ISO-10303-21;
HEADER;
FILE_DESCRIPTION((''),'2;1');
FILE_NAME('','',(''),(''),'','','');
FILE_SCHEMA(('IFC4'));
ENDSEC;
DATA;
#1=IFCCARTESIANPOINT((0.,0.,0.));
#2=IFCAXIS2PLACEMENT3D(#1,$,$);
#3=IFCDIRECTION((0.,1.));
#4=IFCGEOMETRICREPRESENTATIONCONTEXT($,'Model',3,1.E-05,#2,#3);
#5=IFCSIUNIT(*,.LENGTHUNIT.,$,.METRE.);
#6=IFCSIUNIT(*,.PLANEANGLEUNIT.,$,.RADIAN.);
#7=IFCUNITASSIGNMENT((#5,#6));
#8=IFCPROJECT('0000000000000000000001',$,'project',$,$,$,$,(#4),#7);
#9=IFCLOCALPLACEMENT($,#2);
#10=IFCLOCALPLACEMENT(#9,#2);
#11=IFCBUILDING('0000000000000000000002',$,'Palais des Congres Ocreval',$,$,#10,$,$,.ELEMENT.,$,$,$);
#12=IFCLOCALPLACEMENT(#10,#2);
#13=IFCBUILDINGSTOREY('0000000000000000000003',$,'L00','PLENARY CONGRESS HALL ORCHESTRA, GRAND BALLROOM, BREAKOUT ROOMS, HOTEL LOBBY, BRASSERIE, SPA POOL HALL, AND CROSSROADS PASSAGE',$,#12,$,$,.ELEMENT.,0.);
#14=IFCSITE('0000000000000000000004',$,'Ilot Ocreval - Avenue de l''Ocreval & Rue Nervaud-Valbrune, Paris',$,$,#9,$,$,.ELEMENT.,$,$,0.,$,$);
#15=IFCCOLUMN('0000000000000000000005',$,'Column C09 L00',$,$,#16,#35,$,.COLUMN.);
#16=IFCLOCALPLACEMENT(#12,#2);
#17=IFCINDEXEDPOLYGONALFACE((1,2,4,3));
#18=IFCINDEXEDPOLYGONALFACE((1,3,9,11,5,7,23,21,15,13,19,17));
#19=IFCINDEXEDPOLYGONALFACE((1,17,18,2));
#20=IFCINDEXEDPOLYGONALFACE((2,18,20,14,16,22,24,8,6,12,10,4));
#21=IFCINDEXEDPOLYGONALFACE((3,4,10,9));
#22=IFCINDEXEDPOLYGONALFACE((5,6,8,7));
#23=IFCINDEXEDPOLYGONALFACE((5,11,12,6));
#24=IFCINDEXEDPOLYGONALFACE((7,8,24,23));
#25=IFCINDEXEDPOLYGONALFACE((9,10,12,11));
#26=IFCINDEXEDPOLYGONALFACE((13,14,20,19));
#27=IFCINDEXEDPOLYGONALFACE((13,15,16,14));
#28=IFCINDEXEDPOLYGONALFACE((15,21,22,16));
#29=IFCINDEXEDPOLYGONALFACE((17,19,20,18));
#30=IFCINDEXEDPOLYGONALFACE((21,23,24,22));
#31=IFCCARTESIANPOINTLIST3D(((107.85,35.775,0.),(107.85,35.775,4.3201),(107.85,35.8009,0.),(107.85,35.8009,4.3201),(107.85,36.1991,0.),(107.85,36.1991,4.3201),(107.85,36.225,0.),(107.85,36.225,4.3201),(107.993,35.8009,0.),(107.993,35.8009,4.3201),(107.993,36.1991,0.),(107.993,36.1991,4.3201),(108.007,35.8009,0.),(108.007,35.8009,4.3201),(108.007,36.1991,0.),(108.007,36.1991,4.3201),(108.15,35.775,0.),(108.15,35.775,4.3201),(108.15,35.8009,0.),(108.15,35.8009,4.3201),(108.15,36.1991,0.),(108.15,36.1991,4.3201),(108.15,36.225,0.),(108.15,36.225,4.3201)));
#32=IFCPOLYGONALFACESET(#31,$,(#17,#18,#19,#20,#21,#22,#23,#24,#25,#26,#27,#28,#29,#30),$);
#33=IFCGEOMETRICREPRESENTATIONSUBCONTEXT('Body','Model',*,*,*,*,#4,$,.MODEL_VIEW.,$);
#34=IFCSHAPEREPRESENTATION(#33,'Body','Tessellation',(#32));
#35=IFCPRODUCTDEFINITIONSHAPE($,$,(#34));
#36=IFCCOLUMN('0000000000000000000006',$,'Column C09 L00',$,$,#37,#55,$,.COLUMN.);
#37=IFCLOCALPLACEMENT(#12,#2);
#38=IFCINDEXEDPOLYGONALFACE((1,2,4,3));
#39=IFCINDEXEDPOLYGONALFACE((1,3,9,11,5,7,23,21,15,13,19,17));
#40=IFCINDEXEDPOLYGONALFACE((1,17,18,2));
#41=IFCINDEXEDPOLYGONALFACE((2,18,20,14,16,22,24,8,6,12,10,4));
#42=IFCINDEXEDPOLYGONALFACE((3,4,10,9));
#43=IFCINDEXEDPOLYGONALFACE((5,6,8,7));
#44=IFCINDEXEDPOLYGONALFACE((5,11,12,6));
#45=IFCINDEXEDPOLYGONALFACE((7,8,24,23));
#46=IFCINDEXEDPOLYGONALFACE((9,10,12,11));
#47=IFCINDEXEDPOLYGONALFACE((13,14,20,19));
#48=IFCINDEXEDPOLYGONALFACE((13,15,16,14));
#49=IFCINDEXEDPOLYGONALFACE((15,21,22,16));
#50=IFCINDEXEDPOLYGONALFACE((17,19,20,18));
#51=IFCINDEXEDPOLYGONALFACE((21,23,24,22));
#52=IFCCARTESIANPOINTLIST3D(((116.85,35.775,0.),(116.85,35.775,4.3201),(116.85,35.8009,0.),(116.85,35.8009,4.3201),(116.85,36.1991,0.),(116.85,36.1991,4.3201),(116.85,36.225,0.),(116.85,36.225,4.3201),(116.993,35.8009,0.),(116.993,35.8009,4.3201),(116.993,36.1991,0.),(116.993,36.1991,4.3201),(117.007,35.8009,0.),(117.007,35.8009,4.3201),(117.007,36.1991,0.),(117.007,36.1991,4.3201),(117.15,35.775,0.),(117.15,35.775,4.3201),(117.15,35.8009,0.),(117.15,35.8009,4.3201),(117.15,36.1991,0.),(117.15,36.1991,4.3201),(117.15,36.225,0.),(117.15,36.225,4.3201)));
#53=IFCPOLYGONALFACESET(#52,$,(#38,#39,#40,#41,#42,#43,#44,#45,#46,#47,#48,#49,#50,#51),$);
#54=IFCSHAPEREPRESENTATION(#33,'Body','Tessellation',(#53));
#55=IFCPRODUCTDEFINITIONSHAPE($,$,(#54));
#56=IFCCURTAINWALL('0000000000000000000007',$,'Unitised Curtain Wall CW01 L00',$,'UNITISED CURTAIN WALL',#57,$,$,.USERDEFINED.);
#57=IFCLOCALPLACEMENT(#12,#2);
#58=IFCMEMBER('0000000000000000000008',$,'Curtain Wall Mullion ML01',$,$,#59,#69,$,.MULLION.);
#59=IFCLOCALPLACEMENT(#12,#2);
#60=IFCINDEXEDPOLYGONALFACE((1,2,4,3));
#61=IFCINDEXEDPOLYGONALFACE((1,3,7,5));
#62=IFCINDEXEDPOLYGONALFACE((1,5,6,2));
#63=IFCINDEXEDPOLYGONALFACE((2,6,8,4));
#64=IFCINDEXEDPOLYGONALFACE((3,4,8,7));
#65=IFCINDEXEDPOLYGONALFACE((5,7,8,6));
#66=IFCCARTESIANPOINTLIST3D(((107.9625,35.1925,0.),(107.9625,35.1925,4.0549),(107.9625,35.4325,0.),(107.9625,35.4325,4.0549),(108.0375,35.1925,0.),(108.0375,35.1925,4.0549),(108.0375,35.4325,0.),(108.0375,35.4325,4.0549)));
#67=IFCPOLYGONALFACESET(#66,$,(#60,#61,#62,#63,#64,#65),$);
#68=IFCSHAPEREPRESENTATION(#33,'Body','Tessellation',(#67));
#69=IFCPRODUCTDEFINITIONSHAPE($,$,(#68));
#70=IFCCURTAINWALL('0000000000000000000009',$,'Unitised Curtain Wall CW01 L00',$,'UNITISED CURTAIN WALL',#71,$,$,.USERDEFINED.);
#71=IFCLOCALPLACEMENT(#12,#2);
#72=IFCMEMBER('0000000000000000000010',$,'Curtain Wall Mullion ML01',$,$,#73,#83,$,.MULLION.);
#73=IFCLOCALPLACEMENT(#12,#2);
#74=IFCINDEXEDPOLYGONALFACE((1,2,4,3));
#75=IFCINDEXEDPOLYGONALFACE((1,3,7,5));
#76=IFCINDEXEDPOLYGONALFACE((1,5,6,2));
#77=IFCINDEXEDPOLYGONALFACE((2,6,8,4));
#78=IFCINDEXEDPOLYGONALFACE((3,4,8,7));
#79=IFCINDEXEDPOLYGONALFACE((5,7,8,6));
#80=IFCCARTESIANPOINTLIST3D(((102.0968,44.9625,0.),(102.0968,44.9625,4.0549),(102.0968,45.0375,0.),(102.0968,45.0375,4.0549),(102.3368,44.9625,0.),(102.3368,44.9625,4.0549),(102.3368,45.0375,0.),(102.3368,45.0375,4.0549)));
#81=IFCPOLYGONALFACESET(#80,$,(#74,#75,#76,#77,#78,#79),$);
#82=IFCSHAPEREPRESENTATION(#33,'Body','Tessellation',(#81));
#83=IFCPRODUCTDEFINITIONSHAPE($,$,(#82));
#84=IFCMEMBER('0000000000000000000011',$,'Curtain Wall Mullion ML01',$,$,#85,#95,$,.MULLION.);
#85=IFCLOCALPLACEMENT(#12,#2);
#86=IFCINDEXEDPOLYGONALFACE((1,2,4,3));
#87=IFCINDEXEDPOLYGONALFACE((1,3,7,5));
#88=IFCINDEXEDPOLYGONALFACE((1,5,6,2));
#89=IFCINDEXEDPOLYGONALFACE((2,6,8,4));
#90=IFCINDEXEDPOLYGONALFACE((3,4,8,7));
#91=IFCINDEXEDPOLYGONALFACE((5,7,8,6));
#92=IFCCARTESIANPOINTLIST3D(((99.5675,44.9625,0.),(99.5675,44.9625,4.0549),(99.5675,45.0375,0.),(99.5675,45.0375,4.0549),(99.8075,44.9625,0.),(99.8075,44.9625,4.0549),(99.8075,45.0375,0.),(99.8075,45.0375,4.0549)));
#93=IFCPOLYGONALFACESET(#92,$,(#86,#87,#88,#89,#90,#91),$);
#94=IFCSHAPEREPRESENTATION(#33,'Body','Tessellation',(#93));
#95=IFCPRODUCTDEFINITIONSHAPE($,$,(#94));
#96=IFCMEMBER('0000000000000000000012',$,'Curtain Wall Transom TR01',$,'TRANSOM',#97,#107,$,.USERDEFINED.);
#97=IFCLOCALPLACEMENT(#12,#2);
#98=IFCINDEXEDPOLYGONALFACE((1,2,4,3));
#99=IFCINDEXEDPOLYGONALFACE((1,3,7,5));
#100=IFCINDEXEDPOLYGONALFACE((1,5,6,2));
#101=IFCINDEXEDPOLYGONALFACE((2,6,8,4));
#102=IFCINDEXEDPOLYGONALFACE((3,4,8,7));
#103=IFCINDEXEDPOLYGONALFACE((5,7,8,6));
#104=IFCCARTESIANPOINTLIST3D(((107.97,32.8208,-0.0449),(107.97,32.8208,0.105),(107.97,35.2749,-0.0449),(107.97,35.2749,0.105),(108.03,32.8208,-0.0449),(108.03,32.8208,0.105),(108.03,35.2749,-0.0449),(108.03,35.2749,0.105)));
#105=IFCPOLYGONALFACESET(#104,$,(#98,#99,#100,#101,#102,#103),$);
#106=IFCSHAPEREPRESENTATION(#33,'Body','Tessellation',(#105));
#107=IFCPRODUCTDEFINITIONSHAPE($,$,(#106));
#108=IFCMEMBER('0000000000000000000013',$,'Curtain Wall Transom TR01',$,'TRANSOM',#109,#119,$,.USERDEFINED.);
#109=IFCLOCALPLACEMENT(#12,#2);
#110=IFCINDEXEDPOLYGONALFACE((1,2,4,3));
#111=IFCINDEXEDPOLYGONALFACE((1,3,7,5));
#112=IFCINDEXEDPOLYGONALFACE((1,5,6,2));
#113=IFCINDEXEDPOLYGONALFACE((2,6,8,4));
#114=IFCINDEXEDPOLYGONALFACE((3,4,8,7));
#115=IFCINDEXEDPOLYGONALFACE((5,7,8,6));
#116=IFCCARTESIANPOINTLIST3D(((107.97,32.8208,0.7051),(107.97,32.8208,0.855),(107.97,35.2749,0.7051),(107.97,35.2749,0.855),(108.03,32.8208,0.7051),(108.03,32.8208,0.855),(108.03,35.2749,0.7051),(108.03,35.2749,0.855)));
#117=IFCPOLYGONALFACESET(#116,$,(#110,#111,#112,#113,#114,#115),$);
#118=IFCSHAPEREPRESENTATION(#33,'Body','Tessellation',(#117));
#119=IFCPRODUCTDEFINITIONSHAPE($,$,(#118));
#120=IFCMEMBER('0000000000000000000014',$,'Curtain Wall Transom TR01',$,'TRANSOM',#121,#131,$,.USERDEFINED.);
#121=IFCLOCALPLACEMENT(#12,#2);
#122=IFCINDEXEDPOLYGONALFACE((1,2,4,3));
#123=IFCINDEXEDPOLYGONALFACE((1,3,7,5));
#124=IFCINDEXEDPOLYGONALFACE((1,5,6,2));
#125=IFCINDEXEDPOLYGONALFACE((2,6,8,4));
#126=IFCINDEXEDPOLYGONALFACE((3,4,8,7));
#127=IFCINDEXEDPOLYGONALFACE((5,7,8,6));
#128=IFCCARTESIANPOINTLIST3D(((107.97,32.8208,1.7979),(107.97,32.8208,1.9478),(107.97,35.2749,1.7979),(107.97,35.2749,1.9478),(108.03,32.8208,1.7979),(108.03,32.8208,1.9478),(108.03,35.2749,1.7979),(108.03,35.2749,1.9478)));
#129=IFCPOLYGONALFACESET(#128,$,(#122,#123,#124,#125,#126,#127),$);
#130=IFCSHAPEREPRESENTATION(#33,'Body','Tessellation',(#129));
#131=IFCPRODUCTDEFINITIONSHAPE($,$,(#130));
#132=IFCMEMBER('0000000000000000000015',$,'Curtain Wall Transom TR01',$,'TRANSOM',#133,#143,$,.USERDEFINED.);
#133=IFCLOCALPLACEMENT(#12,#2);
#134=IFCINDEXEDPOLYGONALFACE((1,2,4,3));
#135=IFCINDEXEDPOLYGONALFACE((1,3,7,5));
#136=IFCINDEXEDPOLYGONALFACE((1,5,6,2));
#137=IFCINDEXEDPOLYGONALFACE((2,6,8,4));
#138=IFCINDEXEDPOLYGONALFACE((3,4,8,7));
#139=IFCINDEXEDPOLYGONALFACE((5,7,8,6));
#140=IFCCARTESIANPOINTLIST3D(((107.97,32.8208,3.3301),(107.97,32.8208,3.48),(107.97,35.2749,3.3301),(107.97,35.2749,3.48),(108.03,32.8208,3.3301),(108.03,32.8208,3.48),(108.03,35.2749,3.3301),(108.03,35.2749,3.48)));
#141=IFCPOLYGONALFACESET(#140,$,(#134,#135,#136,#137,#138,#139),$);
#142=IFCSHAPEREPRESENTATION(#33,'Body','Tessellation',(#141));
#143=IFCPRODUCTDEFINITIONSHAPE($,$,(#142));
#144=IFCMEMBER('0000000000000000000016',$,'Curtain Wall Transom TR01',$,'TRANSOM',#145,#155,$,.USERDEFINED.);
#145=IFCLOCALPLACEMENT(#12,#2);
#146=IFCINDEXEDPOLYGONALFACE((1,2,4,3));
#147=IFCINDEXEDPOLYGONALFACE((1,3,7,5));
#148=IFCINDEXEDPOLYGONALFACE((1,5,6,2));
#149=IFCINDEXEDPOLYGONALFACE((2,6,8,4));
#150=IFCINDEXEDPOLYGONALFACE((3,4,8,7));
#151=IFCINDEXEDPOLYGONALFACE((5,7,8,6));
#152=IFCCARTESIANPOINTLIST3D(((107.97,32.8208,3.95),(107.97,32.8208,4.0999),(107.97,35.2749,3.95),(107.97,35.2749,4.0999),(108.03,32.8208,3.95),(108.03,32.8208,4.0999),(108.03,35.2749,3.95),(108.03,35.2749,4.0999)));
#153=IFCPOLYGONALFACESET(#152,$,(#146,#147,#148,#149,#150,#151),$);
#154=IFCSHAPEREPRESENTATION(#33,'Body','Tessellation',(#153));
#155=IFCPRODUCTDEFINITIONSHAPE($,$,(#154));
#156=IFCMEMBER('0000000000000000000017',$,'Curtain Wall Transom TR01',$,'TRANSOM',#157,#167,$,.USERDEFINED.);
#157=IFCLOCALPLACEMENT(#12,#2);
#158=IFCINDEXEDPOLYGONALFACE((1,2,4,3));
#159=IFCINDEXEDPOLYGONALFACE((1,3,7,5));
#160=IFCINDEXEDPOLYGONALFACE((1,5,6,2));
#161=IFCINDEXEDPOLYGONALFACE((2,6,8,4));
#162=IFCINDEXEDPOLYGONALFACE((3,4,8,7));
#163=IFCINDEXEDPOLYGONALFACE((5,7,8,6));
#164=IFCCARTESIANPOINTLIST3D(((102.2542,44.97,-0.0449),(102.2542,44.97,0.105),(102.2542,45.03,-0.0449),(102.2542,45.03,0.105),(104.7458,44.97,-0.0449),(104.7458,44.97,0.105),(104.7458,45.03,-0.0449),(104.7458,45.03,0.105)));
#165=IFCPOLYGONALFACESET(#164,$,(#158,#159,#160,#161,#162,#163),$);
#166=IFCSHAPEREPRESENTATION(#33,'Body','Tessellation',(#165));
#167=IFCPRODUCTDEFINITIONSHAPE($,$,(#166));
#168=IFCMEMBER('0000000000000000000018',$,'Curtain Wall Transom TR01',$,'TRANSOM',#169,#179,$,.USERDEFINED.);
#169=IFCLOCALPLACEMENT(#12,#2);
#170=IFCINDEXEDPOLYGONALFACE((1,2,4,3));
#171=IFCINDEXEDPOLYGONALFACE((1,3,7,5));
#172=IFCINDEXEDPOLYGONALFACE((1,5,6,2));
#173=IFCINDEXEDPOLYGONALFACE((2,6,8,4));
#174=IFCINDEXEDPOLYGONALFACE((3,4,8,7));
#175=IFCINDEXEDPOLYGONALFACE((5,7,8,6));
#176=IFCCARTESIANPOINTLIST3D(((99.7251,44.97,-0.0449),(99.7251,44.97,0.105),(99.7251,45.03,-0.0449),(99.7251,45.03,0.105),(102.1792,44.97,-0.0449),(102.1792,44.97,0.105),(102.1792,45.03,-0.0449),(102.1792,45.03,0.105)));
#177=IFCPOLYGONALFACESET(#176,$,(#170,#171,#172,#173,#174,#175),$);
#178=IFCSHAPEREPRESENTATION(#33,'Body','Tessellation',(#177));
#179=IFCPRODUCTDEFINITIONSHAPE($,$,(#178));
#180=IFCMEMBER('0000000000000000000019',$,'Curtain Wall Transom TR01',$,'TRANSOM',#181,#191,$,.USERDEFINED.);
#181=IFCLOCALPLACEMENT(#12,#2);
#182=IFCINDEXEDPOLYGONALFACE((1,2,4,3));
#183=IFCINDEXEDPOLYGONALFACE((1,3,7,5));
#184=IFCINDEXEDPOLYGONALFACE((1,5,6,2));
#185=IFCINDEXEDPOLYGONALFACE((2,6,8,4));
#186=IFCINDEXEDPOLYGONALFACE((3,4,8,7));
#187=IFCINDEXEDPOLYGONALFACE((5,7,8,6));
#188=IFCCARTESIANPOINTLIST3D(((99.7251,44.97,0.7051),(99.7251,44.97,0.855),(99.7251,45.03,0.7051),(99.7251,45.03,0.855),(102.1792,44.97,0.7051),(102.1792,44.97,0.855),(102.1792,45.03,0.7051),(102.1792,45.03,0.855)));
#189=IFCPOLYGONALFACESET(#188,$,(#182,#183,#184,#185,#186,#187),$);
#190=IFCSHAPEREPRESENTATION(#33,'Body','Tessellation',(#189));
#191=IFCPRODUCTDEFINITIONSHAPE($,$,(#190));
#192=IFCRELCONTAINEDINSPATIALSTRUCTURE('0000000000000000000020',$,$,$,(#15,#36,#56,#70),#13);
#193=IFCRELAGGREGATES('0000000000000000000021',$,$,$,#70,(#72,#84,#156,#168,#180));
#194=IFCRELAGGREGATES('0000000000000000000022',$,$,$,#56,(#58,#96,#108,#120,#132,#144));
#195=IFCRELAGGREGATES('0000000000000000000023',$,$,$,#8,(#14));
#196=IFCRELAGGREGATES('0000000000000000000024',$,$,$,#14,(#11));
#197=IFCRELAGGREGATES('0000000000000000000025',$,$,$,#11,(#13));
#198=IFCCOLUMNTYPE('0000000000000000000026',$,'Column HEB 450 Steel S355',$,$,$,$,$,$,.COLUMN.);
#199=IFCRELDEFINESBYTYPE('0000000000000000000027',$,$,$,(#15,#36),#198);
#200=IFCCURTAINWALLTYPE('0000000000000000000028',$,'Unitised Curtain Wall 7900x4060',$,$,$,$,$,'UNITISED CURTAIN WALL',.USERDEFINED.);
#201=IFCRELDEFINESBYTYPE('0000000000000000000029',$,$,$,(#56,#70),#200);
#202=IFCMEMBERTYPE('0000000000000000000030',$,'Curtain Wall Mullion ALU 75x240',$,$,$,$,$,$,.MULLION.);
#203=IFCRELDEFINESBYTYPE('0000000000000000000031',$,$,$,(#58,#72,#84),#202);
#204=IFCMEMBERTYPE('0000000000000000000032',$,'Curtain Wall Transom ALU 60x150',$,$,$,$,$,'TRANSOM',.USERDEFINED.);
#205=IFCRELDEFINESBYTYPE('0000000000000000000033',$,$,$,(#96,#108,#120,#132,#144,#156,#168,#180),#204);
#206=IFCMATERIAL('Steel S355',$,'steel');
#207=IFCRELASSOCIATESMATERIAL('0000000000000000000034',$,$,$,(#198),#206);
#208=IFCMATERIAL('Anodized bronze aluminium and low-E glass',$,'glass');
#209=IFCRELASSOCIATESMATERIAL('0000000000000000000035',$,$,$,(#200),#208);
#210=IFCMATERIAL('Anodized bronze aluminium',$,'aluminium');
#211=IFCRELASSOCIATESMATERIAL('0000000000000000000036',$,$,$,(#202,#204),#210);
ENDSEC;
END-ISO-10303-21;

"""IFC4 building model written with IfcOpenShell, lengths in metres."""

from ifc_helpers import new_model, si_unit, direction, frame, origin, origin_2d, place, context, subcontext, project, spatial, rectangle, i_section, extrude, material, material_profile, profile_set, type_object, element, aggregate, save


model = new_model("IFC4")

# Units and contexts
model_context = context("Model", 3, precision=1e-05, world=origin(), true_north=direction((0.0, 1.0)))
body_context = subcontext(model_context, "Body", "Model", "MODEL_VIEW")
ifc_project = project(units=[si_unit("LENGTHUNIT", "METRE"), si_unit("PLANEANGLEUNIT", "RADIAN")], contexts=[model_context])

# Site, building, storey
site_placement = place(None, origin())
site = spatial("IfcSite", under=ifc_project, at=site_placement, Name="Ilot Ocreval - Avenue de l'Ocreval & Rue Nervaud-Valbrune, Paris", CompositionType="ELEMENT", RefElevation=0.0)
building_placement = place(site_placement, origin())
building = spatial("IfcBuilding", under=site, at=building_placement, Name="Palais des Congres Ocreval", CompositionType="ELEMENT")
storey_placement = place(building_placement, origin())
storey = spatial("IfcBuildingStorey", under=building, at=storey_placement, Name="L00", Description="PLENARY CONGRESS HALL ORCHESTRA, GRAND BALLROOM, BREAKOUT ROOMS, HOTEL LOBBY, BRASSERIE, SPA POOL HALL, AND CROSSROADS PASSAGE", CompositionType="ELEMENT", Elevation=0.0)

# Columns
ifc_material_1 = material(Name="Steel S355", Category="steel")
ifc_material_profile_1 = material_profile(ifc_material_1, i_section(OverallWidth=0.3, OverallDepth=0.45, WebThickness=0.0139, FlangeThickness=0.0259, at=origin_2d()), Name="HEB 450")
ifc_profile_set_1 = profile_set([ifc_material_profile_1], Name="Steel S355")
column_type = type_object("IfcColumnType", Name="Column HEB 450 Steel S355", PredefinedType="COLUMN", material=ifc_profile_set_1)
for number, where, z_axis, x_axis, name in (
    (1, (108.0, 36.0, 0.0), (0.0, 0.0, 1.0), (1.0, 0.0, 0.0), "Column C09 L00"),
    (2, (117.0, 36.0, 0.0), (0.0, 0.0, 1.0), (1.0, 0.0, 0.0), "Column C09 L00"),
):
    element("IfcColumn", number, at=place(storey_placement, frame(where, z_axis=z_axis, x_axis=x_axis)), inside=storey, type_object=column_type, Name=name, PredefinedType="COLUMN", context=body_context, shape_type="SweptSolid", body=[
        extrude(i_section(OverallWidth=0.3, OverallDepth=0.45, WebThickness=0.0139, FlangeThickness=0.0259, at=origin_2d()), origin(), (0.0, 0.0, 1.0), 4.3201),
    ])

# Curtain wall, member
ifc_material_2 = material(Name="Anodized bronze aluminium and low-E glass", Category="glass")
curtain_wall_type = type_object("IfcCurtainWallType", Name="Unitised Curtain Wall 7900x4060", ElementType="UNITISED CURTAIN WALL", PredefinedType="USERDEFINED", material=ifc_material_2)
curtain_wall_1_placement = place(storey_placement, origin())
curtain_wall_1 = element("IfcCurtainWall", 3, at=curtain_wall_1_placement, inside=storey, type_object=curtain_wall_type, Name="Unitised Curtain Wall CW01 L00", ObjectType="UNITISED CURTAIN WALL", PredefinedType="USERDEFINED")
ifc_material_3 = material(Name="Anodized bronze aluminium", Category="aluminium")
ifc_material_profile_2 = material_profile(ifc_material_3, rectangle(XDim=0.075, YDim=0.24, at=origin_2d()), Name="ALU 75x240")
ifc_profile_set_2 = profile_set([ifc_material_profile_2], Name="Anodized bronze aluminium")
member_type_1 = type_object("IfcMemberType", Name="Curtain Wall Mullion ALU 75x240", PredefinedType="MULLION", material=ifc_profile_set_2)
member_1_placement = place(storey_placement, frame((108.0, 35.3125, 0.0), z_axis=(0.0, 0.0, 1.0), x_axis=(-1.0, 0.0, 0.0)))
member_1 = element("IfcMember", 4, at=member_1_placement, type_object=member_type_1, Name="Curtain Wall Mullion ML01", PredefinedType="MULLION", context=body_context, shape_type="SweptSolid", body=[
    extrude(rectangle(XDim=0.075, YDim=0.24, at=origin_2d()), origin(), (0.0, 0.0, 1.0), 4.0549),
])

# Curtain wall, members
curtain_wall_2_placement = place(storey_placement, origin())
curtain_wall_2 = element("IfcCurtainWall", 5, at=curtain_wall_2_placement, inside=storey, type_object=curtain_wall_type, Name="Unitised Curtain Wall CW01 L00", ObjectType="UNITISED CURTAIN WALL", PredefinedType="USERDEFINED")
member_2_placement = place(storey_placement, frame((102.2168, 45.0, 0.0), z_axis=(0.0, 0.0, 1.0), x_axis=(0.0, -1.0, 0.0)))
member_2 = element("IfcMember", 6, at=member_2_placement, type_object=member_type_1, Name="Curtain Wall Mullion ML01", PredefinedType="MULLION", context=body_context, shape_type="SweptSolid", body=[
    extrude(rectangle(XDim=0.075, YDim=0.24, at=origin_2d()), origin(), (0.0, 0.0, 1.0), 4.0549),
])
member_3_placement = place(storey_placement, frame((99.6875, 45.0, 0.0), z_axis=(0.0, 0.0, 1.0), x_axis=(0.0, -1.0, 0.0)))
member_3 = element("IfcMember", 7, at=member_3_placement, type_object=member_type_1, Name="Curtain Wall Mullion ML01", PredefinedType="MULLION", context=body_context, shape_type="SweptSolid", body=[
    extrude(rectangle(XDim=0.075, YDim=0.24, at=origin_2d()), origin(), (0.0, 0.0, 1.0), 4.0549),
])

# Members
ifc_material_profile_3 = material_profile(ifc_material_3, rectangle(XDim=0.0601, YDim=0.1499, at=origin_2d()), Name="ALU 60x150")
ifc_profile_set_3 = profile_set([ifc_material_profile_3], Name="Anodized bronze aluminium")
member_type_2 = type_object("IfcMemberType", Name="Curtain Wall Transom ALU 60x150", ElementType="TRANSOM", PredefinedType="USERDEFINED", material=ifc_profile_set_3)
member_4_placement = place(storey_placement, frame((108.0, 32.8208, 0.03), z_axis=(0.0, 1.0, 0.0), x_axis=(-1.0, 0.0, 0.0)))
member_4 = element("IfcMember", 8, at=member_4_placement, type_object=member_type_2, Name="Curtain Wall Transom TR01", ObjectType="TRANSOM", PredefinedType="USERDEFINED", context=body_context, shape_type="SweptSolid", body=[
    extrude(rectangle(XDim=0.0601, YDim=0.1499, at=origin_2d()), origin(), (0.0, 0.0, 1.0), 2.4541),
])
member_5_placement = place(storey_placement, frame((108.0, 32.8208, 0.78), z_axis=(0.0, 1.0, 0.0), x_axis=(-1.0, 0.0, 0.0)))
member_5 = element("IfcMember", 9, at=member_5_placement, type_object=member_type_2, Name="Curtain Wall Transom TR01", ObjectType="TRANSOM", PredefinedType="USERDEFINED", context=body_context, shape_type="SweptSolid", body=[
    extrude(rectangle(XDim=0.0601, YDim=0.1499, at=origin_2d()), origin(), (0.0, 0.0, 1.0), 2.4541),
])
member_6_placement = place(storey_placement, frame((108.0, 32.8208, 1.8728), z_axis=(0.0, 1.0, 0.0), x_axis=(-1.0, 0.0, 0.0)))
member_6 = element("IfcMember", 10, at=member_6_placement, type_object=member_type_2, Name="Curtain Wall Transom TR01", ObjectType="TRANSOM", PredefinedType="USERDEFINED", context=body_context, shape_type="SweptSolid", body=[
    extrude(rectangle(XDim=0.0601, YDim=0.1499, at=origin_2d()), origin(), (0.0, 0.0, 1.0), 2.4541),
])
member_7_placement = place(storey_placement, frame((108.0, 32.8208, 3.405), z_axis=(0.0, 1.0, 0.0), x_axis=(-1.0, 0.0, 0.0)))
member_7 = element("IfcMember", 11, at=member_7_placement, type_object=member_type_2, Name="Curtain Wall Transom TR01", ObjectType="TRANSOM", PredefinedType="USERDEFINED", context=body_context, shape_type="SweptSolid", body=[
    extrude(rectangle(XDim=0.0601, YDim=0.1499, at=origin_2d()), origin(), (0.0, 0.0, 1.0), 2.4541),
])
member_8_placement = place(storey_placement, frame((108.0, 32.8208, 4.0249), z_axis=(0.0, 1.0, 0.0), x_axis=(-1.0, 0.0, 0.0)))
member_8 = element("IfcMember", 12, at=member_8_placement, type_object=member_type_2, Name="Curtain Wall Transom TR01", ObjectType="TRANSOM", PredefinedType="USERDEFINED", context=body_context, shape_type="SweptSolid", body=[
    extrude(rectangle(XDim=0.0601, YDim=0.1499, at=origin_2d()), origin(), (0.0, 0.0, 1.0), 2.4541),
])
member_9_placement = place(storey_placement, frame((104.7458, 45.0, 0.03), z_axis=(-1.0, 0.0, 0.0), x_axis=(0.0, -1.0, 0.0)))
member_9 = element("IfcMember", 13, at=member_9_placement, type_object=member_type_2, Name="Curtain Wall Transom TR01", ObjectType="TRANSOM", PredefinedType="USERDEFINED", context=body_context, shape_type="SweptSolid", body=[
    extrude(rectangle(XDim=0.0601, YDim=0.1499, at=origin_2d()), origin(), (0.0, 0.0, 1.0), 2.4917),
])
member_10_placement = place(storey_placement, frame((102.1792, 45.0, 0.03), z_axis=(-1.0, 0.0, 0.0), x_axis=(0.0, -1.0, 0.0)))
member_10 = element("IfcMember", 14, at=member_10_placement, type_object=member_type_2, Name="Curtain Wall Transom TR01", ObjectType="TRANSOM", PredefinedType="USERDEFINED", context=body_context, shape_type="SweptSolid", body=[
    extrude(rectangle(XDim=0.0601, YDim=0.1499, at=origin_2d()), origin(), (0.0, 0.0, 1.0), 2.4541),
])
member_11_placement = place(storey_placement, frame((102.1792, 45.0, 0.78), z_axis=(-1.0, 0.0, 0.0), x_axis=(0.0, -1.0, 0.0)))
member_11 = element("IfcMember", 15, at=member_11_placement, type_object=member_type_2, Name="Curtain Wall Transom TR01", ObjectType="TRANSOM", PredefinedType="USERDEFINED", context=body_context, shape_type="SweptSolid", body=[
    extrude(rectangle(XDim=0.0601, YDim=0.1499, at=origin_2d()), origin(), (0.0, 0.0, 1.0), 2.4541),
])

aggregate(curtain_wall_2, [member_2, member_3, member_9, member_10, member_11])
aggregate(curtain_wall_1, [member_1, member_4, member_5, member_6, member_7, member_8])

save(model, "model.ifc")
